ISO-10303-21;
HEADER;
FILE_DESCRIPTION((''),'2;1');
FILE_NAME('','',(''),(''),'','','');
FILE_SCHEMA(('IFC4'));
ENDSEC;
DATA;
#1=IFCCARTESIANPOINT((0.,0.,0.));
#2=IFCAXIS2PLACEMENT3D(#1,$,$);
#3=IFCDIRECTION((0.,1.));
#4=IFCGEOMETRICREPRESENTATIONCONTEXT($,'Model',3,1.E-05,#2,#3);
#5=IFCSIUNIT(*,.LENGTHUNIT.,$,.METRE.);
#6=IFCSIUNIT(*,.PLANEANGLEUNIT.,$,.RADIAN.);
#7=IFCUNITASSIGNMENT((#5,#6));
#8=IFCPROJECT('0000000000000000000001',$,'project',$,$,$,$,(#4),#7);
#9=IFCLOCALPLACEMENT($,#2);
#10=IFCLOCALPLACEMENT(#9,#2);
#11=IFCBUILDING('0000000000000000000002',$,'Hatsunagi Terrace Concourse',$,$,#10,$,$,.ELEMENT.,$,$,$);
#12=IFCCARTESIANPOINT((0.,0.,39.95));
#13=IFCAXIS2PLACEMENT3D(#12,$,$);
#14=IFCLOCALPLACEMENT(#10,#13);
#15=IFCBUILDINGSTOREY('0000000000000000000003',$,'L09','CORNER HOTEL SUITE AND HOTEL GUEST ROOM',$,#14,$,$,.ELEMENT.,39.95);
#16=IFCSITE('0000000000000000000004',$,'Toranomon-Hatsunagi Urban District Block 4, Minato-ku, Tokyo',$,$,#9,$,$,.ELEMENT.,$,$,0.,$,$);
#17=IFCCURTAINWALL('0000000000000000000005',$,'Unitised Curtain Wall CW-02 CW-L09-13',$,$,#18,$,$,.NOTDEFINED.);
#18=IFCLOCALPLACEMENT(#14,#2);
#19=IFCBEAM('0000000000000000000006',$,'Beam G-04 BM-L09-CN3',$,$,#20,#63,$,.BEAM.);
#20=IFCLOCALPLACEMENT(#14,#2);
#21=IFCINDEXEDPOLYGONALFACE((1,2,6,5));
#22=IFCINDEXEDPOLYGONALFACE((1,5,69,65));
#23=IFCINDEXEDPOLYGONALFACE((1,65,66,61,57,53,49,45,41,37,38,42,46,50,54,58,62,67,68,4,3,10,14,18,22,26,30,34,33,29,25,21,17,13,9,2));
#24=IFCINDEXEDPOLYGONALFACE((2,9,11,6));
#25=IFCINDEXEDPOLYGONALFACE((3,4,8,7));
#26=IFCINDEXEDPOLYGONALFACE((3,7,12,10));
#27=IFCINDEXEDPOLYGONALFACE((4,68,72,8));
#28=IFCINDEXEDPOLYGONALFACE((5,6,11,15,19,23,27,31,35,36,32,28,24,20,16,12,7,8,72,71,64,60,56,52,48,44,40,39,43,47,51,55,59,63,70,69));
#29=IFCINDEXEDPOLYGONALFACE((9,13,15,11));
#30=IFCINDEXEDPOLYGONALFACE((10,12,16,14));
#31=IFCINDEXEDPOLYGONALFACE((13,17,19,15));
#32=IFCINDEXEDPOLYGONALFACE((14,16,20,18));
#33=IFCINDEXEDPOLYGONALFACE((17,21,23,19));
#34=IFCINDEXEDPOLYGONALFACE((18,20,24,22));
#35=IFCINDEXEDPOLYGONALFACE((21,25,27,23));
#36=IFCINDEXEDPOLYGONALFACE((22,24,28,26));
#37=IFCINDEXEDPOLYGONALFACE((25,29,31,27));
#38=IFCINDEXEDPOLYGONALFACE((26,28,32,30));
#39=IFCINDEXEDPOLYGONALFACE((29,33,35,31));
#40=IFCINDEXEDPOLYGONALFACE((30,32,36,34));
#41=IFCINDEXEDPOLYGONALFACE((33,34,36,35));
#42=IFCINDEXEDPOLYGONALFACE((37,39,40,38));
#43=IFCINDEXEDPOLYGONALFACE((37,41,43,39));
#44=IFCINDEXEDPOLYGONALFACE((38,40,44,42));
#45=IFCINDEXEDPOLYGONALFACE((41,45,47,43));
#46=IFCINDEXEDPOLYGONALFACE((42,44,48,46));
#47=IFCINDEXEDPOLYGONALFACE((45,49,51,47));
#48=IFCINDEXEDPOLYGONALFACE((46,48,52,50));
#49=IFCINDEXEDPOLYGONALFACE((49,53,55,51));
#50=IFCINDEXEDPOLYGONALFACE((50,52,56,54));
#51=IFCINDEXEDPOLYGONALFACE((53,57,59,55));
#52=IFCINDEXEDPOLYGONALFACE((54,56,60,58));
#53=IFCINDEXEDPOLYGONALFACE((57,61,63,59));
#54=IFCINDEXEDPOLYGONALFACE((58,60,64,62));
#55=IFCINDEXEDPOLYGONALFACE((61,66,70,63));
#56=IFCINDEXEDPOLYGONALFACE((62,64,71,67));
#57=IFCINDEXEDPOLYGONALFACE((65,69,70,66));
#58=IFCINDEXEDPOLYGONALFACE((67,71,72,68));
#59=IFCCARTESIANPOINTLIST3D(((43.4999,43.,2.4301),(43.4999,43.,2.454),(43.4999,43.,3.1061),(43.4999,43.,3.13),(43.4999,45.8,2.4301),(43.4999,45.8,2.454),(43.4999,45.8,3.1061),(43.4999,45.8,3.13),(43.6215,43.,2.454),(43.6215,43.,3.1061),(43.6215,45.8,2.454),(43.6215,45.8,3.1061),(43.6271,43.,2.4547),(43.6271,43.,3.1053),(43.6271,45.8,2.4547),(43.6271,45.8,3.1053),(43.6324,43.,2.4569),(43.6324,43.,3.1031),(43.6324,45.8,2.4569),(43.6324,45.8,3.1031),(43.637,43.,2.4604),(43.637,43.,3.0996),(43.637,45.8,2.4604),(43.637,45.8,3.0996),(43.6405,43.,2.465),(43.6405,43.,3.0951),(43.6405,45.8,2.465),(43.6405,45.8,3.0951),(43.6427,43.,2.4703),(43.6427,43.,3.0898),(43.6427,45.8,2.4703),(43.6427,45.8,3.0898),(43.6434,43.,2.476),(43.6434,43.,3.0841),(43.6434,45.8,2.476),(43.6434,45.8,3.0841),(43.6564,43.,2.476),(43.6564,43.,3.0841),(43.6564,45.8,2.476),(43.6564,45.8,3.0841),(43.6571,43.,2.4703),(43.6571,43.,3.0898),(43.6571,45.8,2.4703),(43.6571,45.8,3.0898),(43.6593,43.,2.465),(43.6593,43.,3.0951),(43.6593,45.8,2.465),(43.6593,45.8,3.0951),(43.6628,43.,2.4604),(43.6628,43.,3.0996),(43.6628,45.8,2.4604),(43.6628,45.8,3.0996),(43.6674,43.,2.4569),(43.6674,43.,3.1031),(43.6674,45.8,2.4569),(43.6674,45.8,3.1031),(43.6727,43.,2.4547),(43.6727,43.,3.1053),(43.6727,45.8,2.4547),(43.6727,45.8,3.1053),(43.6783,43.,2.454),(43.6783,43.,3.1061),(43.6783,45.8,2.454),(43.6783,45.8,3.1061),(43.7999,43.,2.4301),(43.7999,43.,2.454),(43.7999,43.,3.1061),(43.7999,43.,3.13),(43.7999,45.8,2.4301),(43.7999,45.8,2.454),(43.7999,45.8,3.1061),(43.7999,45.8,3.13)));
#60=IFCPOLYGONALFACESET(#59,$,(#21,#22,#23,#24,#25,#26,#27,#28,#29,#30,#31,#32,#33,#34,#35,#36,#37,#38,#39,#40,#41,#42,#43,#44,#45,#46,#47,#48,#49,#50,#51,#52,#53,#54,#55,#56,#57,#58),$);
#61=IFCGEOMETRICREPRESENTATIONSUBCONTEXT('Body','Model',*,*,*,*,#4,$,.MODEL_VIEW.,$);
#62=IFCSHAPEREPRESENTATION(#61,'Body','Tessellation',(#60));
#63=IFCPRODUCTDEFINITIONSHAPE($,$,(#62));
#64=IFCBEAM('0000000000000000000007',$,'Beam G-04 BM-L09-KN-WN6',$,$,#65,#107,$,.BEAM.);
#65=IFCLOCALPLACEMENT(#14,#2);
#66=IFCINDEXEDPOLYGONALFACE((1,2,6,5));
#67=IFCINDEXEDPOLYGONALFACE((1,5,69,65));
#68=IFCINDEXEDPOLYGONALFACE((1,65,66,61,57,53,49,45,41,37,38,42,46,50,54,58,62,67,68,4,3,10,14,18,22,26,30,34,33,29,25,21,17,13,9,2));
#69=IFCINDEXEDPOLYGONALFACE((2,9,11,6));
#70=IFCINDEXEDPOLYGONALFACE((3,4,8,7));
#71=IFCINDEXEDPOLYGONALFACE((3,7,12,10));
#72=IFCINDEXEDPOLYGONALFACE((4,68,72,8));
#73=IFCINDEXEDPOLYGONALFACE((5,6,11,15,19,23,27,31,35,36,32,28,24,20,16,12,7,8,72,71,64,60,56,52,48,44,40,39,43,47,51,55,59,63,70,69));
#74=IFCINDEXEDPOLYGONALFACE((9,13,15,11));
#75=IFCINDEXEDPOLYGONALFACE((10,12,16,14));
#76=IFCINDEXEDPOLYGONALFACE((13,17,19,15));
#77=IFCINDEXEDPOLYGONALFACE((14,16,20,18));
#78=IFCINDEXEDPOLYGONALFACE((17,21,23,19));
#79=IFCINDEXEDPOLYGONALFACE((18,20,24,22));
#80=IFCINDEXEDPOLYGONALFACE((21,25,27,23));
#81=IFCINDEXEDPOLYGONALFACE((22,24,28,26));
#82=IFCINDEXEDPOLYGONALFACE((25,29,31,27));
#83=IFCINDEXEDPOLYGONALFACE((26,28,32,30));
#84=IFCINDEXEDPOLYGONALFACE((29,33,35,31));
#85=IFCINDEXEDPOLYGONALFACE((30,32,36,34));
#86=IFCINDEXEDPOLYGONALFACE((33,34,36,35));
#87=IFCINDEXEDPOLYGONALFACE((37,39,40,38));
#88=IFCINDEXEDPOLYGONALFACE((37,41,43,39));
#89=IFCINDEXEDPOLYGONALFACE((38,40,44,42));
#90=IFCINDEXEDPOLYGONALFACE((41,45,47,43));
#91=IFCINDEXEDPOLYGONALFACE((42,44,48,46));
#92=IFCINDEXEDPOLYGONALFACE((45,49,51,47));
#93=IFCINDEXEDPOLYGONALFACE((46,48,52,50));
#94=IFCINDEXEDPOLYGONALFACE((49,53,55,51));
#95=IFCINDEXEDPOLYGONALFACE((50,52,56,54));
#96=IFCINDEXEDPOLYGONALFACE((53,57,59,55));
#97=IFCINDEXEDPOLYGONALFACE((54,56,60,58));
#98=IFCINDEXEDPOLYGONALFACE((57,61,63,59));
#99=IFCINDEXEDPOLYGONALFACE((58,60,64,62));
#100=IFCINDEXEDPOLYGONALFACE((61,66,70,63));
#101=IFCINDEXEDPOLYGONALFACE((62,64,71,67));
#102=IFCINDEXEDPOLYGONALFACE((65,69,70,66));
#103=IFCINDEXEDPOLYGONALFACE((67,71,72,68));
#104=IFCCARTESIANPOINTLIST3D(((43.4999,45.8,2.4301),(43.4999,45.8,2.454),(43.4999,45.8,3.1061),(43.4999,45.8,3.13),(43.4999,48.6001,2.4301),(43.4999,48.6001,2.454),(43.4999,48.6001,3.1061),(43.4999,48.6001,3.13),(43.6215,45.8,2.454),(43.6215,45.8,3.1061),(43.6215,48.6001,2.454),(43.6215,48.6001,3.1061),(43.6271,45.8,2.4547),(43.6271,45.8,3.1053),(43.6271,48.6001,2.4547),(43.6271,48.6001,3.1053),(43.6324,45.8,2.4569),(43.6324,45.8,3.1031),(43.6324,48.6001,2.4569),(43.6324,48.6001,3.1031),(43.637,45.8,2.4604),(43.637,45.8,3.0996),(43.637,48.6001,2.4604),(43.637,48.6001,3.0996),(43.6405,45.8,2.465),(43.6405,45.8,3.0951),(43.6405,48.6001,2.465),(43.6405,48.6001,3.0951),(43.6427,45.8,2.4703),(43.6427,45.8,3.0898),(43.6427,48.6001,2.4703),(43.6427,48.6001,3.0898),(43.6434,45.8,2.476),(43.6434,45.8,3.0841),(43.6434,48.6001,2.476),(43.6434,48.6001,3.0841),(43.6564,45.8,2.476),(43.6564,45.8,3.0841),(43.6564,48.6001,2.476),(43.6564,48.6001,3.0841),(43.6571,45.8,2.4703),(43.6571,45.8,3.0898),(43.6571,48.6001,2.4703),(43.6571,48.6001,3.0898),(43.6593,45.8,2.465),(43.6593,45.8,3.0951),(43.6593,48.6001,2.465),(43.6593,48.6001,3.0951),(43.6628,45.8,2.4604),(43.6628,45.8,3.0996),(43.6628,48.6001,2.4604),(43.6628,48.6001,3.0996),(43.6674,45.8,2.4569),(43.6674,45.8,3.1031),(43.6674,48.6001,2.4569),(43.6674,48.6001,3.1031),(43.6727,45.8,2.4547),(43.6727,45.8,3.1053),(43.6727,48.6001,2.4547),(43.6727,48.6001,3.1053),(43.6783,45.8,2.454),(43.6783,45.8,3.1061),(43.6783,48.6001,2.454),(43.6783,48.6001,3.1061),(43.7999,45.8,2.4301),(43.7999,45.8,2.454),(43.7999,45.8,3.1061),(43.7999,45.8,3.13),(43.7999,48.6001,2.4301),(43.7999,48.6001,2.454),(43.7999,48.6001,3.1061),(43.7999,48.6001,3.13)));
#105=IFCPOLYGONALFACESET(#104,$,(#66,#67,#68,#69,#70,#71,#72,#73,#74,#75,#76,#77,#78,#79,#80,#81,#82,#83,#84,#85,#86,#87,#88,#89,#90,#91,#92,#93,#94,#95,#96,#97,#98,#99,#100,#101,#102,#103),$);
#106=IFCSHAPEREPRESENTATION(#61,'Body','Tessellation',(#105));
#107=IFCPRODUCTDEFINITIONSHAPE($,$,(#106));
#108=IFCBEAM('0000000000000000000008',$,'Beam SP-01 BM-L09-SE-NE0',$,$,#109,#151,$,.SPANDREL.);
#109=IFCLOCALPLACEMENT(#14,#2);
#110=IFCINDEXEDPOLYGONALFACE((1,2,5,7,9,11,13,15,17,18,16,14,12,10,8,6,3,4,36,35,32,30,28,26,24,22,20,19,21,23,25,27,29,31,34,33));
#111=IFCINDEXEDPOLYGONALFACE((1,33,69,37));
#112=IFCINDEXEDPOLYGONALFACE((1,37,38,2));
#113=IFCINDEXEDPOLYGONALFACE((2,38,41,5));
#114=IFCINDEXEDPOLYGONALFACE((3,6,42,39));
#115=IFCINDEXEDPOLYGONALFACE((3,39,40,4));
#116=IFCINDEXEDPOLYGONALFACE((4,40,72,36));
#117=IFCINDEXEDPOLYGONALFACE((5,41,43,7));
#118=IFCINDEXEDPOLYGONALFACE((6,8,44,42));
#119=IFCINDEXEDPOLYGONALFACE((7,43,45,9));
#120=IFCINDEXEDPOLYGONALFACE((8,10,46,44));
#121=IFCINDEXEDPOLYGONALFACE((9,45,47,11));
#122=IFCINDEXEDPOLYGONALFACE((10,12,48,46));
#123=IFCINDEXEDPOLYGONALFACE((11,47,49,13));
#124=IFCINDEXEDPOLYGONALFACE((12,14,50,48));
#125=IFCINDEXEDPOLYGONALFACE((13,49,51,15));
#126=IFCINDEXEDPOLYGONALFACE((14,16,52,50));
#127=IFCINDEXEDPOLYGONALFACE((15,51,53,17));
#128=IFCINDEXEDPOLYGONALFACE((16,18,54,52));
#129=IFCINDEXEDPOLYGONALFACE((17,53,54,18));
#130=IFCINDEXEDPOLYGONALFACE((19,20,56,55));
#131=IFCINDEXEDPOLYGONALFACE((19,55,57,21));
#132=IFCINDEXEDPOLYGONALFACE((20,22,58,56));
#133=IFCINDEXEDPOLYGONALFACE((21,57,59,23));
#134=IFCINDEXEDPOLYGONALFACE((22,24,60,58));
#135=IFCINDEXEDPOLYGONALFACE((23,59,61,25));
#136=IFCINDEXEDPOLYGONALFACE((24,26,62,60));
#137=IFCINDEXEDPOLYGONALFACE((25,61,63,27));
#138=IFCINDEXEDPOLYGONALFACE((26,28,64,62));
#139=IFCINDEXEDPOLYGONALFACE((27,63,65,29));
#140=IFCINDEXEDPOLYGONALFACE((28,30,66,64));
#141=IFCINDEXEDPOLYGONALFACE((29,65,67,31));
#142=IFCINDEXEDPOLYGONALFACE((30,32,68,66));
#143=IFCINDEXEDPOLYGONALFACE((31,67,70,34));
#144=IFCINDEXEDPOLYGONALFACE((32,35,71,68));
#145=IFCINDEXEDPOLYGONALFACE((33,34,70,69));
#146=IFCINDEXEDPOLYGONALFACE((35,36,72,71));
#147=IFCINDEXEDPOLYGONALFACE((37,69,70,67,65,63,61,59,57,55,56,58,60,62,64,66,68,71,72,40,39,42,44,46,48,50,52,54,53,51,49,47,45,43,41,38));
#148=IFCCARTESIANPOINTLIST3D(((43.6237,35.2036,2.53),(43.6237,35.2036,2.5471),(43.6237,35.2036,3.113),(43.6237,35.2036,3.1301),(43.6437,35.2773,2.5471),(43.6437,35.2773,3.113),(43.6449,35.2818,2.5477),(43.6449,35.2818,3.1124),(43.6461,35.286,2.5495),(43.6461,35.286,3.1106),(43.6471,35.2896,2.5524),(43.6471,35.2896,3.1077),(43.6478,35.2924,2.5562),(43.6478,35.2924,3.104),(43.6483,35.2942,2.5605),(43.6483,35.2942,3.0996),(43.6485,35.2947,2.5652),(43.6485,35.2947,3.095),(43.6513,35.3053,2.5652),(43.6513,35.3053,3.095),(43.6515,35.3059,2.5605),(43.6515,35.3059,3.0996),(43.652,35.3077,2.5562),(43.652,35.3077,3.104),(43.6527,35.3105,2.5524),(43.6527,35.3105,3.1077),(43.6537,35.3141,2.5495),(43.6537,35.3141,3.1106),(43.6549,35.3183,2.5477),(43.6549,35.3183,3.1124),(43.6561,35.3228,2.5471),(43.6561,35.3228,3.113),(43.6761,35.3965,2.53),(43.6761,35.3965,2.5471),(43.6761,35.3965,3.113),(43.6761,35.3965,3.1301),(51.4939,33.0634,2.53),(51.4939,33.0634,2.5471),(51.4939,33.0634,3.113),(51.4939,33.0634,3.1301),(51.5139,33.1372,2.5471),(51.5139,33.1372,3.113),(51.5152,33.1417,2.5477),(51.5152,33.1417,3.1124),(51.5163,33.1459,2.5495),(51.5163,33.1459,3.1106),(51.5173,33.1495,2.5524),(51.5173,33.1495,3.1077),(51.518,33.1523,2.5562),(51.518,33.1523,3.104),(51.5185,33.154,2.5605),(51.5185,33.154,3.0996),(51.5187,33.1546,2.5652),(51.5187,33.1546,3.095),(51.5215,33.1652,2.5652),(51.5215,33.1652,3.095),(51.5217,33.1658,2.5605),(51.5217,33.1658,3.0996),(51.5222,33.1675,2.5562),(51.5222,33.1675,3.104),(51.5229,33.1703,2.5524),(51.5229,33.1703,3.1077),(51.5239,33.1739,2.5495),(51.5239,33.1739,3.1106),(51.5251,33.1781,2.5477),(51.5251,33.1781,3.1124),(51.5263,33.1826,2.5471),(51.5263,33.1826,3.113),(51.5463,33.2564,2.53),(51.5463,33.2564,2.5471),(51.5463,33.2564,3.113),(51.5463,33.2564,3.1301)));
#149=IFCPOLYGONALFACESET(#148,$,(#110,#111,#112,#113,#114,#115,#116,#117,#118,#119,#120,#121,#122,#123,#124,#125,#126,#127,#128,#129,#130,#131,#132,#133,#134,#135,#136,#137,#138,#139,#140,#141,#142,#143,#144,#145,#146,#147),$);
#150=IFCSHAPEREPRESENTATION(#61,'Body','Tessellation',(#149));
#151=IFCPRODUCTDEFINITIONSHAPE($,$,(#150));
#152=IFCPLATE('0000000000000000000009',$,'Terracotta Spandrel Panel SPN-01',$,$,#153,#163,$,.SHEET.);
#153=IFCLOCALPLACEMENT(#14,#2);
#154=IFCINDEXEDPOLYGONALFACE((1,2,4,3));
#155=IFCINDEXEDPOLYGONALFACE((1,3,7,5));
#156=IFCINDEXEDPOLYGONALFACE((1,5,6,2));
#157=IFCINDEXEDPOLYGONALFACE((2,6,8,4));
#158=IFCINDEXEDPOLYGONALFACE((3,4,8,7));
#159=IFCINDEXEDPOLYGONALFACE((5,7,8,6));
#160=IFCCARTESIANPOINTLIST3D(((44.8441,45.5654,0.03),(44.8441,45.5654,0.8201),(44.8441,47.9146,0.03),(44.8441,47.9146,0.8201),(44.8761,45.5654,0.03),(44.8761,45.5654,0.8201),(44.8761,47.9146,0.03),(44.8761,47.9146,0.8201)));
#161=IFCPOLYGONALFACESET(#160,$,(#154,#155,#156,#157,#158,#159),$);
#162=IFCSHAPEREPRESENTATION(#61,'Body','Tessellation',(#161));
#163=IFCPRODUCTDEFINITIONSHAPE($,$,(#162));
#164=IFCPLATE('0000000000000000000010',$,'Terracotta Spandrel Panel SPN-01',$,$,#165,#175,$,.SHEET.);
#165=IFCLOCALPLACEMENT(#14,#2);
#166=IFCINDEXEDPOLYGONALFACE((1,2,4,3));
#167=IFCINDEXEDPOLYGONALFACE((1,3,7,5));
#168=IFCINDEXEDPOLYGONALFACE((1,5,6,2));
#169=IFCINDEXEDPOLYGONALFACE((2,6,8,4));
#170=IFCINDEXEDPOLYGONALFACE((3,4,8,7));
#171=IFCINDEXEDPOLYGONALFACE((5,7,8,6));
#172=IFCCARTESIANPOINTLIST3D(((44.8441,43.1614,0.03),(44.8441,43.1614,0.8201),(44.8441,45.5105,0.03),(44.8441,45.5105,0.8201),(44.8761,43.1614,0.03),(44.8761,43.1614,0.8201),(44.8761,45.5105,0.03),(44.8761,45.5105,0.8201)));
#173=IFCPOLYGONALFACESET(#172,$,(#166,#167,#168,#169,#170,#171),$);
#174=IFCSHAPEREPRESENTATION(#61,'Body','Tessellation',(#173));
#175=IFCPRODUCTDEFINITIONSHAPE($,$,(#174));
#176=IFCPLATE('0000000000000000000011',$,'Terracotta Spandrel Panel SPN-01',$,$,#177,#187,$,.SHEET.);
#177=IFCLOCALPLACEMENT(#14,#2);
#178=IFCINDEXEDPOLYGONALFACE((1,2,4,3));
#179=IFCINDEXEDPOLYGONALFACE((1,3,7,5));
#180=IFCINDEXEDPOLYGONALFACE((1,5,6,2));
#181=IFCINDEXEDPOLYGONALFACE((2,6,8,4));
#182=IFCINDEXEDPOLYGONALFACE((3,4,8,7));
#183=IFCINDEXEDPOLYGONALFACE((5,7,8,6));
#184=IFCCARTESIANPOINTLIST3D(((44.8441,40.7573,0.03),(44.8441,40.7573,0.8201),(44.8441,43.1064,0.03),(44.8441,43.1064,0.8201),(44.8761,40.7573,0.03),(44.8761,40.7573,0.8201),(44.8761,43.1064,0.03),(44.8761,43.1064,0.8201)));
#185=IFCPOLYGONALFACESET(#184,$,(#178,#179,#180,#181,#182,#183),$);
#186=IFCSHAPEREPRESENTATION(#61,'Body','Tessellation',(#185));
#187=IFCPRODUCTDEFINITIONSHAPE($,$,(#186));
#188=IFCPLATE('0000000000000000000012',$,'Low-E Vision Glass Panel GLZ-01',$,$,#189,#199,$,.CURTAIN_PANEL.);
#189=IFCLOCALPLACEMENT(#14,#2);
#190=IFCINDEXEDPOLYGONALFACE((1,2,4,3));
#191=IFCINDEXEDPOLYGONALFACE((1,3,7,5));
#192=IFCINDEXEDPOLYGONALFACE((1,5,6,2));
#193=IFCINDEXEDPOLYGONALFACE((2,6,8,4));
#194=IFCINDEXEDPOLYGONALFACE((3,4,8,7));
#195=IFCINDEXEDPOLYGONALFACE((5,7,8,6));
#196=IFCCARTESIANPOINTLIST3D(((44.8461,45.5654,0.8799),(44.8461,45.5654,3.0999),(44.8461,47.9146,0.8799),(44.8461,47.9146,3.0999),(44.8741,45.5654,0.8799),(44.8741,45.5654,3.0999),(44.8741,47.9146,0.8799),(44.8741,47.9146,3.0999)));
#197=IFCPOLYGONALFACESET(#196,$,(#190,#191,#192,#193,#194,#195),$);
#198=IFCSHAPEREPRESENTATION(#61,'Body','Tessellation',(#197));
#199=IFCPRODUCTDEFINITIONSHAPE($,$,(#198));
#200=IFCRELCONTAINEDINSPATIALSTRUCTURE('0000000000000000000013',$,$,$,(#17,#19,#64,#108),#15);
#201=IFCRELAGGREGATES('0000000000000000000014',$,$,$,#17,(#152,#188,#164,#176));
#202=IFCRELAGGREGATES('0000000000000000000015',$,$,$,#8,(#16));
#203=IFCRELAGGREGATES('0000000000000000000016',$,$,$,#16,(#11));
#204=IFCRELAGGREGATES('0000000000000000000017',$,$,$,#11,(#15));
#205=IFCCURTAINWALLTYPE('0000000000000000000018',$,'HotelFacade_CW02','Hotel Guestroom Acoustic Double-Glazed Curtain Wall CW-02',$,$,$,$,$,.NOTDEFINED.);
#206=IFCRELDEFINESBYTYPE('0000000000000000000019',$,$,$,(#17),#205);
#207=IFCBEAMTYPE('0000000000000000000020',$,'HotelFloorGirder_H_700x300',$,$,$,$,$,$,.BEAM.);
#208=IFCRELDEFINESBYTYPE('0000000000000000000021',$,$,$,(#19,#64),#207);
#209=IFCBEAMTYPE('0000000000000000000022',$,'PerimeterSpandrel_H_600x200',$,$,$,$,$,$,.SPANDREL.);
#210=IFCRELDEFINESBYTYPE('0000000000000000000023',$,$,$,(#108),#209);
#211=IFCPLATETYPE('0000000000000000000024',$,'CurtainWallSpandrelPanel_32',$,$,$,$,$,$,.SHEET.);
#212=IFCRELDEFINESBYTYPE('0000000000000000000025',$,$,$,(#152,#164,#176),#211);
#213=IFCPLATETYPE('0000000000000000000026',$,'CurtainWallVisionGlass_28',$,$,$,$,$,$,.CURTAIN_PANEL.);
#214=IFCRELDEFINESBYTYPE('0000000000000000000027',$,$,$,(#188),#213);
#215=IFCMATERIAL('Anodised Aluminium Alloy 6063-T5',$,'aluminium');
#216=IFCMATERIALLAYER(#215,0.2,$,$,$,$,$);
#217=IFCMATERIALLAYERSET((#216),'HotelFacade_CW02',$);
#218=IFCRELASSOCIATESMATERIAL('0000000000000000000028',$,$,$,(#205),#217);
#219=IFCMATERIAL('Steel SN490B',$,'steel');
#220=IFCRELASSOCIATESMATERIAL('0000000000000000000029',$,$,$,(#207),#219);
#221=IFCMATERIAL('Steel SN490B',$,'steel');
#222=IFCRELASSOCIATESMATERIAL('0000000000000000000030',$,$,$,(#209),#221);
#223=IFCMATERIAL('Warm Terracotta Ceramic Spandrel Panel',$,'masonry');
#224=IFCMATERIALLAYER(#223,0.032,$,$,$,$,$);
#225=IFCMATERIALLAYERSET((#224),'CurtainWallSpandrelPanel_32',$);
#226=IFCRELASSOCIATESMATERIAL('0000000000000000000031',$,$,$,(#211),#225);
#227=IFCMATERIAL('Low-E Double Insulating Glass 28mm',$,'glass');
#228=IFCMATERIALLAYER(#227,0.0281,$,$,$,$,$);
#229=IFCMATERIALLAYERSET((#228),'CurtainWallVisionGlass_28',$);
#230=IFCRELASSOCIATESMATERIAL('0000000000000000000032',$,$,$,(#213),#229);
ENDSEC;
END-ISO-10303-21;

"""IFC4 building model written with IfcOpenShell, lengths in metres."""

from ifc_helpers import new_model, si_unit, direction, frame, origin, origin_2d, place, context, subcontext, project, spatial, rectangle, i_section, extrude, material, layer, layer_set, material_profile, profile_set, type_object, element, aggregate, save


model = new_model("IFC4")

# Units and contexts
model_context = context("Model", 3, precision=1e-05, world=origin(), true_north=direction((0.0, 1.0)))
body_context = subcontext(model_context, "Body", "Model", "MODEL_VIEW")
ifc_project = project(units=[si_unit("LENGTHUNIT", "METRE"), si_unit("PLANEANGLEUNIT", "RADIAN")], contexts=[model_context])

# Site, building, storey
site_placement = place(None, origin())
site = spatial("IfcSite", under=ifc_project, at=site_placement, Name="Toranomon-Hatsunagi Urban District Block 4, Minato-ku, Tokyo", CompositionType="ELEMENT", RefElevation=0.0)
building_placement = place(site_placement, origin())
building = spatial("IfcBuilding", under=site, at=building_placement, Name="Hatsunagi Terrace Concourse", CompositionType="ELEMENT")
storey_placement = place(building_placement, frame((0.0, 0.0, 39.95)))
storey = spatial("IfcBuildingStorey", under=building, at=storey_placement, Name="L09", Description="CORNER HOTEL SUITE AND HOTEL GUEST ROOM", CompositionType="ELEMENT", Elevation=39.95)

# Curtain wall
ifc_material_1 = material(Name="Anodised Aluminium Alloy 6063-T5", Category="aluminium")
ifc_layer_1 = layer(ifc_material_1, 0.2)
ifc_layer_set_1 = layer_set([ifc_layer_1], Name="HotelFacade_CW02")
curtain_wall_type = type_object("IfcCurtainWallType", Name="HotelFacade_CW02", Description="Hotel Guestroom Acoustic Double-Glazed Curtain Wall CW-02", PredefinedType="NOTDEFINED", material=ifc_layer_set_1)
curtain_wall_placement = place(storey_placement, origin())
curtain_wall = element("IfcCurtainWall", 1, at=curtain_wall_placement, inside=storey, type_object=curtain_wall_type, Name="Unitised Curtain Wall CW-02 CW-L09-13", PredefinedType="NOTDEFINED")

# Beams
ifc_material_2 = material(Name="Steel SN490B", Category="steel")
ifc_material_profile_1 = material_profile(ifc_material_2, i_section(OverallWidth=0.3, OverallDepth=0.7, WebThickness=0.0129, FlangeThickness=0.0239, FilletRadius=0.022, at=origin_2d()), Name="H-700x300x13x24")
ifc_profile_set_1 = profile_set([ifc_material_profile_1], Name="Steel SN490B")
beam_type_1 = type_object("IfcBeamType", Name="HotelFloorGirder_H_700x300", PredefinedType="BEAM", material=ifc_profile_set_1)
for number, where, z_axis, x_axis, name in (
    (2, (43.6499, 43.0, 2.78), (0.0, 1.0, 0.0), (-1.0, 0.0, 0.0), "Beam G-04 BM-L09-CN3"),
    (3, (43.6499, 45.8, 2.78), (0.0, 1.0, 0.0), (-1.0, 0.0, 0.0), "Beam G-04 BM-L09-KN-WN6"),
):
    element("IfcBeam", number, at=place(storey_placement, frame(where, z_axis=z_axis, x_axis=x_axis)), inside=storey, type_object=beam_type_1, Name=name, PredefinedType="BEAM", context=body_context, shape_type="SweptSolid", body=[
        extrude(i_section(OverallWidth=0.3, OverallDepth=0.7, WebThickness=0.0129, FlangeThickness=0.0239, FilletRadius=0.022, at=origin_2d()), origin(), (0.0, 0.0, 1.0), 2.8),
    ])
ifc_material_3 = material(Name="Steel SN490B", Category="steel")
ifc_material_profile_2 = material_profile(ifc_material_3, i_section(OverallWidth=0.2, OverallDepth=0.6001, WebThickness=0.011, FlangeThickness=0.0171, FilletRadius=0.0181, at=origin_2d()), Name="H-600x200x11x17")
ifc_profile_set_2 = profile_set([ifc_material_profile_2], Name="Steel SN490B")
beam_type_2 = type_object("IfcBeamType", Name="PerimeterSpandrel_H_600x200", PredefinedType="SPANDREL", material=ifc_profile_set_2)
beam_placement = place(storey_placement, frame((43.6499, 35.3, 2.8301), z_axis=(0.964958, -0.262403, 0.0), x_axis=(0.262403, 0.964958, 0.0)))
element("IfcBeam", 4, at=beam_placement, inside=storey, type_object=beam_type_2, Name="Beam SP-01 BM-L09-SE-NE0", PredefinedType="SPANDREL", context=body_context, shape_type="SweptSolid", body=[
    extrude(i_section(OverallWidth=0.2, OverallDepth=0.6001, WebThickness=0.011, FlangeThickness=0.0171, FilletRadius=0.0181, at=origin_2d()), origin(), (0.0, 0.0, 1.0), 8.156),
])

# Plates
ifc_material_4 = material(Name="Warm Terracotta Ceramic Spandrel Panel", Category="masonry")
ifc_layer_2 = layer(ifc_material_4, 0.032)
ifc_layer_set_2 = layer_set([ifc_layer_2], Name="CurtainWallSpandrelPanel_32")
plate_type_1 = type_object("IfcPlateType", Name="CurtainWallSpandrelPanel_32", PredefinedType="SHEET", material=ifc_layer_set_2)
plate_1_placement = place(storey_placement, frame((44.8601, 46.74, 0.03), z_axis=(0.0, 0.0, 1.0), x_axis=(0.0, -1.0, 0.0)))
plate_1 = element("IfcPlate", 5, at=plate_1_placement, type_object=plate_type_1, Name="Terracotta Spandrel Panel SPN-01", PredefinedType="SHEET", context=body_context, shape_type="SweptSolid", body=[
    extrude(rectangle(XDim=2.3491, YDim=0.032, at=origin_2d()), origin(), (0.0, 0.0, 1.0), 0.79),
])
plate_2_placement = place(storey_placement, frame((44.8601, 44.3359, 0.03), z_axis=(0.0, 0.0, 1.0), x_axis=(0.0, -1.0, 0.0)))
plate_2 = element("IfcPlate", 6, at=plate_2_placement, type_object=plate_type_1, Name="Terracotta Spandrel Panel SPN-01", PredefinedType="SHEET", context=body_context, shape_type="SweptSolid", body=[
    extrude(rectangle(XDim=2.3491, YDim=0.032, at=origin_2d()), origin(), (0.0, 0.0, 1.0), 0.79),
])
plate_3_placement = place(storey_placement, frame((44.8601, 41.9319, 0.03), z_axis=(0.0, 0.0, 1.0), x_axis=(0.0, -1.0, 0.0)))
plate_3 = element("IfcPlate", 7, at=plate_3_placement, type_object=plate_type_1, Name="Terracotta Spandrel Panel SPN-01", PredefinedType="SHEET", context=body_context, shape_type="SweptSolid", body=[
    extrude(rectangle(XDim=2.3491, YDim=0.032, at=origin_2d()), origin(), (0.0, 0.0, 1.0), 0.79),
])
ifc_material_5 = material(Name="Low-E Double Insulating Glass 28mm", Category="glass")
ifc_layer_3 = layer(ifc_material_5, 0.0281)
ifc_layer_set_3 = layer_set([ifc_layer_3], Name="CurtainWallVisionGlass_28")
plate_type_2 = type_object("IfcPlateType", Name="CurtainWallVisionGlass_28", PredefinedType="CURTAIN_PANEL", material=ifc_layer_set_3)
plate_4_placement = place(storey_placement, frame((44.8601, 46.74, 0.8799), z_axis=(0.0, 0.0, 1.0), x_axis=(0.0, -1.0, 0.0)))
plate_4 = element("IfcPlate", 8, at=plate_4_placement, type_object=plate_type_2, Name="Low-E Vision Glass Panel GLZ-01", PredefinedType="CURTAIN_PANEL", context=body_context, shape_type="SweptSolid", body=[
    extrude(rectangle(XDim=2.3491, YDim=0.0281, at=origin_2d()), origin(), (0.0, 0.0, 1.0), 2.22),
])
aggregate(curtain_wall, [plate_1, plate_4, plate_2, plate_3])

save(model, "model.ifc")
